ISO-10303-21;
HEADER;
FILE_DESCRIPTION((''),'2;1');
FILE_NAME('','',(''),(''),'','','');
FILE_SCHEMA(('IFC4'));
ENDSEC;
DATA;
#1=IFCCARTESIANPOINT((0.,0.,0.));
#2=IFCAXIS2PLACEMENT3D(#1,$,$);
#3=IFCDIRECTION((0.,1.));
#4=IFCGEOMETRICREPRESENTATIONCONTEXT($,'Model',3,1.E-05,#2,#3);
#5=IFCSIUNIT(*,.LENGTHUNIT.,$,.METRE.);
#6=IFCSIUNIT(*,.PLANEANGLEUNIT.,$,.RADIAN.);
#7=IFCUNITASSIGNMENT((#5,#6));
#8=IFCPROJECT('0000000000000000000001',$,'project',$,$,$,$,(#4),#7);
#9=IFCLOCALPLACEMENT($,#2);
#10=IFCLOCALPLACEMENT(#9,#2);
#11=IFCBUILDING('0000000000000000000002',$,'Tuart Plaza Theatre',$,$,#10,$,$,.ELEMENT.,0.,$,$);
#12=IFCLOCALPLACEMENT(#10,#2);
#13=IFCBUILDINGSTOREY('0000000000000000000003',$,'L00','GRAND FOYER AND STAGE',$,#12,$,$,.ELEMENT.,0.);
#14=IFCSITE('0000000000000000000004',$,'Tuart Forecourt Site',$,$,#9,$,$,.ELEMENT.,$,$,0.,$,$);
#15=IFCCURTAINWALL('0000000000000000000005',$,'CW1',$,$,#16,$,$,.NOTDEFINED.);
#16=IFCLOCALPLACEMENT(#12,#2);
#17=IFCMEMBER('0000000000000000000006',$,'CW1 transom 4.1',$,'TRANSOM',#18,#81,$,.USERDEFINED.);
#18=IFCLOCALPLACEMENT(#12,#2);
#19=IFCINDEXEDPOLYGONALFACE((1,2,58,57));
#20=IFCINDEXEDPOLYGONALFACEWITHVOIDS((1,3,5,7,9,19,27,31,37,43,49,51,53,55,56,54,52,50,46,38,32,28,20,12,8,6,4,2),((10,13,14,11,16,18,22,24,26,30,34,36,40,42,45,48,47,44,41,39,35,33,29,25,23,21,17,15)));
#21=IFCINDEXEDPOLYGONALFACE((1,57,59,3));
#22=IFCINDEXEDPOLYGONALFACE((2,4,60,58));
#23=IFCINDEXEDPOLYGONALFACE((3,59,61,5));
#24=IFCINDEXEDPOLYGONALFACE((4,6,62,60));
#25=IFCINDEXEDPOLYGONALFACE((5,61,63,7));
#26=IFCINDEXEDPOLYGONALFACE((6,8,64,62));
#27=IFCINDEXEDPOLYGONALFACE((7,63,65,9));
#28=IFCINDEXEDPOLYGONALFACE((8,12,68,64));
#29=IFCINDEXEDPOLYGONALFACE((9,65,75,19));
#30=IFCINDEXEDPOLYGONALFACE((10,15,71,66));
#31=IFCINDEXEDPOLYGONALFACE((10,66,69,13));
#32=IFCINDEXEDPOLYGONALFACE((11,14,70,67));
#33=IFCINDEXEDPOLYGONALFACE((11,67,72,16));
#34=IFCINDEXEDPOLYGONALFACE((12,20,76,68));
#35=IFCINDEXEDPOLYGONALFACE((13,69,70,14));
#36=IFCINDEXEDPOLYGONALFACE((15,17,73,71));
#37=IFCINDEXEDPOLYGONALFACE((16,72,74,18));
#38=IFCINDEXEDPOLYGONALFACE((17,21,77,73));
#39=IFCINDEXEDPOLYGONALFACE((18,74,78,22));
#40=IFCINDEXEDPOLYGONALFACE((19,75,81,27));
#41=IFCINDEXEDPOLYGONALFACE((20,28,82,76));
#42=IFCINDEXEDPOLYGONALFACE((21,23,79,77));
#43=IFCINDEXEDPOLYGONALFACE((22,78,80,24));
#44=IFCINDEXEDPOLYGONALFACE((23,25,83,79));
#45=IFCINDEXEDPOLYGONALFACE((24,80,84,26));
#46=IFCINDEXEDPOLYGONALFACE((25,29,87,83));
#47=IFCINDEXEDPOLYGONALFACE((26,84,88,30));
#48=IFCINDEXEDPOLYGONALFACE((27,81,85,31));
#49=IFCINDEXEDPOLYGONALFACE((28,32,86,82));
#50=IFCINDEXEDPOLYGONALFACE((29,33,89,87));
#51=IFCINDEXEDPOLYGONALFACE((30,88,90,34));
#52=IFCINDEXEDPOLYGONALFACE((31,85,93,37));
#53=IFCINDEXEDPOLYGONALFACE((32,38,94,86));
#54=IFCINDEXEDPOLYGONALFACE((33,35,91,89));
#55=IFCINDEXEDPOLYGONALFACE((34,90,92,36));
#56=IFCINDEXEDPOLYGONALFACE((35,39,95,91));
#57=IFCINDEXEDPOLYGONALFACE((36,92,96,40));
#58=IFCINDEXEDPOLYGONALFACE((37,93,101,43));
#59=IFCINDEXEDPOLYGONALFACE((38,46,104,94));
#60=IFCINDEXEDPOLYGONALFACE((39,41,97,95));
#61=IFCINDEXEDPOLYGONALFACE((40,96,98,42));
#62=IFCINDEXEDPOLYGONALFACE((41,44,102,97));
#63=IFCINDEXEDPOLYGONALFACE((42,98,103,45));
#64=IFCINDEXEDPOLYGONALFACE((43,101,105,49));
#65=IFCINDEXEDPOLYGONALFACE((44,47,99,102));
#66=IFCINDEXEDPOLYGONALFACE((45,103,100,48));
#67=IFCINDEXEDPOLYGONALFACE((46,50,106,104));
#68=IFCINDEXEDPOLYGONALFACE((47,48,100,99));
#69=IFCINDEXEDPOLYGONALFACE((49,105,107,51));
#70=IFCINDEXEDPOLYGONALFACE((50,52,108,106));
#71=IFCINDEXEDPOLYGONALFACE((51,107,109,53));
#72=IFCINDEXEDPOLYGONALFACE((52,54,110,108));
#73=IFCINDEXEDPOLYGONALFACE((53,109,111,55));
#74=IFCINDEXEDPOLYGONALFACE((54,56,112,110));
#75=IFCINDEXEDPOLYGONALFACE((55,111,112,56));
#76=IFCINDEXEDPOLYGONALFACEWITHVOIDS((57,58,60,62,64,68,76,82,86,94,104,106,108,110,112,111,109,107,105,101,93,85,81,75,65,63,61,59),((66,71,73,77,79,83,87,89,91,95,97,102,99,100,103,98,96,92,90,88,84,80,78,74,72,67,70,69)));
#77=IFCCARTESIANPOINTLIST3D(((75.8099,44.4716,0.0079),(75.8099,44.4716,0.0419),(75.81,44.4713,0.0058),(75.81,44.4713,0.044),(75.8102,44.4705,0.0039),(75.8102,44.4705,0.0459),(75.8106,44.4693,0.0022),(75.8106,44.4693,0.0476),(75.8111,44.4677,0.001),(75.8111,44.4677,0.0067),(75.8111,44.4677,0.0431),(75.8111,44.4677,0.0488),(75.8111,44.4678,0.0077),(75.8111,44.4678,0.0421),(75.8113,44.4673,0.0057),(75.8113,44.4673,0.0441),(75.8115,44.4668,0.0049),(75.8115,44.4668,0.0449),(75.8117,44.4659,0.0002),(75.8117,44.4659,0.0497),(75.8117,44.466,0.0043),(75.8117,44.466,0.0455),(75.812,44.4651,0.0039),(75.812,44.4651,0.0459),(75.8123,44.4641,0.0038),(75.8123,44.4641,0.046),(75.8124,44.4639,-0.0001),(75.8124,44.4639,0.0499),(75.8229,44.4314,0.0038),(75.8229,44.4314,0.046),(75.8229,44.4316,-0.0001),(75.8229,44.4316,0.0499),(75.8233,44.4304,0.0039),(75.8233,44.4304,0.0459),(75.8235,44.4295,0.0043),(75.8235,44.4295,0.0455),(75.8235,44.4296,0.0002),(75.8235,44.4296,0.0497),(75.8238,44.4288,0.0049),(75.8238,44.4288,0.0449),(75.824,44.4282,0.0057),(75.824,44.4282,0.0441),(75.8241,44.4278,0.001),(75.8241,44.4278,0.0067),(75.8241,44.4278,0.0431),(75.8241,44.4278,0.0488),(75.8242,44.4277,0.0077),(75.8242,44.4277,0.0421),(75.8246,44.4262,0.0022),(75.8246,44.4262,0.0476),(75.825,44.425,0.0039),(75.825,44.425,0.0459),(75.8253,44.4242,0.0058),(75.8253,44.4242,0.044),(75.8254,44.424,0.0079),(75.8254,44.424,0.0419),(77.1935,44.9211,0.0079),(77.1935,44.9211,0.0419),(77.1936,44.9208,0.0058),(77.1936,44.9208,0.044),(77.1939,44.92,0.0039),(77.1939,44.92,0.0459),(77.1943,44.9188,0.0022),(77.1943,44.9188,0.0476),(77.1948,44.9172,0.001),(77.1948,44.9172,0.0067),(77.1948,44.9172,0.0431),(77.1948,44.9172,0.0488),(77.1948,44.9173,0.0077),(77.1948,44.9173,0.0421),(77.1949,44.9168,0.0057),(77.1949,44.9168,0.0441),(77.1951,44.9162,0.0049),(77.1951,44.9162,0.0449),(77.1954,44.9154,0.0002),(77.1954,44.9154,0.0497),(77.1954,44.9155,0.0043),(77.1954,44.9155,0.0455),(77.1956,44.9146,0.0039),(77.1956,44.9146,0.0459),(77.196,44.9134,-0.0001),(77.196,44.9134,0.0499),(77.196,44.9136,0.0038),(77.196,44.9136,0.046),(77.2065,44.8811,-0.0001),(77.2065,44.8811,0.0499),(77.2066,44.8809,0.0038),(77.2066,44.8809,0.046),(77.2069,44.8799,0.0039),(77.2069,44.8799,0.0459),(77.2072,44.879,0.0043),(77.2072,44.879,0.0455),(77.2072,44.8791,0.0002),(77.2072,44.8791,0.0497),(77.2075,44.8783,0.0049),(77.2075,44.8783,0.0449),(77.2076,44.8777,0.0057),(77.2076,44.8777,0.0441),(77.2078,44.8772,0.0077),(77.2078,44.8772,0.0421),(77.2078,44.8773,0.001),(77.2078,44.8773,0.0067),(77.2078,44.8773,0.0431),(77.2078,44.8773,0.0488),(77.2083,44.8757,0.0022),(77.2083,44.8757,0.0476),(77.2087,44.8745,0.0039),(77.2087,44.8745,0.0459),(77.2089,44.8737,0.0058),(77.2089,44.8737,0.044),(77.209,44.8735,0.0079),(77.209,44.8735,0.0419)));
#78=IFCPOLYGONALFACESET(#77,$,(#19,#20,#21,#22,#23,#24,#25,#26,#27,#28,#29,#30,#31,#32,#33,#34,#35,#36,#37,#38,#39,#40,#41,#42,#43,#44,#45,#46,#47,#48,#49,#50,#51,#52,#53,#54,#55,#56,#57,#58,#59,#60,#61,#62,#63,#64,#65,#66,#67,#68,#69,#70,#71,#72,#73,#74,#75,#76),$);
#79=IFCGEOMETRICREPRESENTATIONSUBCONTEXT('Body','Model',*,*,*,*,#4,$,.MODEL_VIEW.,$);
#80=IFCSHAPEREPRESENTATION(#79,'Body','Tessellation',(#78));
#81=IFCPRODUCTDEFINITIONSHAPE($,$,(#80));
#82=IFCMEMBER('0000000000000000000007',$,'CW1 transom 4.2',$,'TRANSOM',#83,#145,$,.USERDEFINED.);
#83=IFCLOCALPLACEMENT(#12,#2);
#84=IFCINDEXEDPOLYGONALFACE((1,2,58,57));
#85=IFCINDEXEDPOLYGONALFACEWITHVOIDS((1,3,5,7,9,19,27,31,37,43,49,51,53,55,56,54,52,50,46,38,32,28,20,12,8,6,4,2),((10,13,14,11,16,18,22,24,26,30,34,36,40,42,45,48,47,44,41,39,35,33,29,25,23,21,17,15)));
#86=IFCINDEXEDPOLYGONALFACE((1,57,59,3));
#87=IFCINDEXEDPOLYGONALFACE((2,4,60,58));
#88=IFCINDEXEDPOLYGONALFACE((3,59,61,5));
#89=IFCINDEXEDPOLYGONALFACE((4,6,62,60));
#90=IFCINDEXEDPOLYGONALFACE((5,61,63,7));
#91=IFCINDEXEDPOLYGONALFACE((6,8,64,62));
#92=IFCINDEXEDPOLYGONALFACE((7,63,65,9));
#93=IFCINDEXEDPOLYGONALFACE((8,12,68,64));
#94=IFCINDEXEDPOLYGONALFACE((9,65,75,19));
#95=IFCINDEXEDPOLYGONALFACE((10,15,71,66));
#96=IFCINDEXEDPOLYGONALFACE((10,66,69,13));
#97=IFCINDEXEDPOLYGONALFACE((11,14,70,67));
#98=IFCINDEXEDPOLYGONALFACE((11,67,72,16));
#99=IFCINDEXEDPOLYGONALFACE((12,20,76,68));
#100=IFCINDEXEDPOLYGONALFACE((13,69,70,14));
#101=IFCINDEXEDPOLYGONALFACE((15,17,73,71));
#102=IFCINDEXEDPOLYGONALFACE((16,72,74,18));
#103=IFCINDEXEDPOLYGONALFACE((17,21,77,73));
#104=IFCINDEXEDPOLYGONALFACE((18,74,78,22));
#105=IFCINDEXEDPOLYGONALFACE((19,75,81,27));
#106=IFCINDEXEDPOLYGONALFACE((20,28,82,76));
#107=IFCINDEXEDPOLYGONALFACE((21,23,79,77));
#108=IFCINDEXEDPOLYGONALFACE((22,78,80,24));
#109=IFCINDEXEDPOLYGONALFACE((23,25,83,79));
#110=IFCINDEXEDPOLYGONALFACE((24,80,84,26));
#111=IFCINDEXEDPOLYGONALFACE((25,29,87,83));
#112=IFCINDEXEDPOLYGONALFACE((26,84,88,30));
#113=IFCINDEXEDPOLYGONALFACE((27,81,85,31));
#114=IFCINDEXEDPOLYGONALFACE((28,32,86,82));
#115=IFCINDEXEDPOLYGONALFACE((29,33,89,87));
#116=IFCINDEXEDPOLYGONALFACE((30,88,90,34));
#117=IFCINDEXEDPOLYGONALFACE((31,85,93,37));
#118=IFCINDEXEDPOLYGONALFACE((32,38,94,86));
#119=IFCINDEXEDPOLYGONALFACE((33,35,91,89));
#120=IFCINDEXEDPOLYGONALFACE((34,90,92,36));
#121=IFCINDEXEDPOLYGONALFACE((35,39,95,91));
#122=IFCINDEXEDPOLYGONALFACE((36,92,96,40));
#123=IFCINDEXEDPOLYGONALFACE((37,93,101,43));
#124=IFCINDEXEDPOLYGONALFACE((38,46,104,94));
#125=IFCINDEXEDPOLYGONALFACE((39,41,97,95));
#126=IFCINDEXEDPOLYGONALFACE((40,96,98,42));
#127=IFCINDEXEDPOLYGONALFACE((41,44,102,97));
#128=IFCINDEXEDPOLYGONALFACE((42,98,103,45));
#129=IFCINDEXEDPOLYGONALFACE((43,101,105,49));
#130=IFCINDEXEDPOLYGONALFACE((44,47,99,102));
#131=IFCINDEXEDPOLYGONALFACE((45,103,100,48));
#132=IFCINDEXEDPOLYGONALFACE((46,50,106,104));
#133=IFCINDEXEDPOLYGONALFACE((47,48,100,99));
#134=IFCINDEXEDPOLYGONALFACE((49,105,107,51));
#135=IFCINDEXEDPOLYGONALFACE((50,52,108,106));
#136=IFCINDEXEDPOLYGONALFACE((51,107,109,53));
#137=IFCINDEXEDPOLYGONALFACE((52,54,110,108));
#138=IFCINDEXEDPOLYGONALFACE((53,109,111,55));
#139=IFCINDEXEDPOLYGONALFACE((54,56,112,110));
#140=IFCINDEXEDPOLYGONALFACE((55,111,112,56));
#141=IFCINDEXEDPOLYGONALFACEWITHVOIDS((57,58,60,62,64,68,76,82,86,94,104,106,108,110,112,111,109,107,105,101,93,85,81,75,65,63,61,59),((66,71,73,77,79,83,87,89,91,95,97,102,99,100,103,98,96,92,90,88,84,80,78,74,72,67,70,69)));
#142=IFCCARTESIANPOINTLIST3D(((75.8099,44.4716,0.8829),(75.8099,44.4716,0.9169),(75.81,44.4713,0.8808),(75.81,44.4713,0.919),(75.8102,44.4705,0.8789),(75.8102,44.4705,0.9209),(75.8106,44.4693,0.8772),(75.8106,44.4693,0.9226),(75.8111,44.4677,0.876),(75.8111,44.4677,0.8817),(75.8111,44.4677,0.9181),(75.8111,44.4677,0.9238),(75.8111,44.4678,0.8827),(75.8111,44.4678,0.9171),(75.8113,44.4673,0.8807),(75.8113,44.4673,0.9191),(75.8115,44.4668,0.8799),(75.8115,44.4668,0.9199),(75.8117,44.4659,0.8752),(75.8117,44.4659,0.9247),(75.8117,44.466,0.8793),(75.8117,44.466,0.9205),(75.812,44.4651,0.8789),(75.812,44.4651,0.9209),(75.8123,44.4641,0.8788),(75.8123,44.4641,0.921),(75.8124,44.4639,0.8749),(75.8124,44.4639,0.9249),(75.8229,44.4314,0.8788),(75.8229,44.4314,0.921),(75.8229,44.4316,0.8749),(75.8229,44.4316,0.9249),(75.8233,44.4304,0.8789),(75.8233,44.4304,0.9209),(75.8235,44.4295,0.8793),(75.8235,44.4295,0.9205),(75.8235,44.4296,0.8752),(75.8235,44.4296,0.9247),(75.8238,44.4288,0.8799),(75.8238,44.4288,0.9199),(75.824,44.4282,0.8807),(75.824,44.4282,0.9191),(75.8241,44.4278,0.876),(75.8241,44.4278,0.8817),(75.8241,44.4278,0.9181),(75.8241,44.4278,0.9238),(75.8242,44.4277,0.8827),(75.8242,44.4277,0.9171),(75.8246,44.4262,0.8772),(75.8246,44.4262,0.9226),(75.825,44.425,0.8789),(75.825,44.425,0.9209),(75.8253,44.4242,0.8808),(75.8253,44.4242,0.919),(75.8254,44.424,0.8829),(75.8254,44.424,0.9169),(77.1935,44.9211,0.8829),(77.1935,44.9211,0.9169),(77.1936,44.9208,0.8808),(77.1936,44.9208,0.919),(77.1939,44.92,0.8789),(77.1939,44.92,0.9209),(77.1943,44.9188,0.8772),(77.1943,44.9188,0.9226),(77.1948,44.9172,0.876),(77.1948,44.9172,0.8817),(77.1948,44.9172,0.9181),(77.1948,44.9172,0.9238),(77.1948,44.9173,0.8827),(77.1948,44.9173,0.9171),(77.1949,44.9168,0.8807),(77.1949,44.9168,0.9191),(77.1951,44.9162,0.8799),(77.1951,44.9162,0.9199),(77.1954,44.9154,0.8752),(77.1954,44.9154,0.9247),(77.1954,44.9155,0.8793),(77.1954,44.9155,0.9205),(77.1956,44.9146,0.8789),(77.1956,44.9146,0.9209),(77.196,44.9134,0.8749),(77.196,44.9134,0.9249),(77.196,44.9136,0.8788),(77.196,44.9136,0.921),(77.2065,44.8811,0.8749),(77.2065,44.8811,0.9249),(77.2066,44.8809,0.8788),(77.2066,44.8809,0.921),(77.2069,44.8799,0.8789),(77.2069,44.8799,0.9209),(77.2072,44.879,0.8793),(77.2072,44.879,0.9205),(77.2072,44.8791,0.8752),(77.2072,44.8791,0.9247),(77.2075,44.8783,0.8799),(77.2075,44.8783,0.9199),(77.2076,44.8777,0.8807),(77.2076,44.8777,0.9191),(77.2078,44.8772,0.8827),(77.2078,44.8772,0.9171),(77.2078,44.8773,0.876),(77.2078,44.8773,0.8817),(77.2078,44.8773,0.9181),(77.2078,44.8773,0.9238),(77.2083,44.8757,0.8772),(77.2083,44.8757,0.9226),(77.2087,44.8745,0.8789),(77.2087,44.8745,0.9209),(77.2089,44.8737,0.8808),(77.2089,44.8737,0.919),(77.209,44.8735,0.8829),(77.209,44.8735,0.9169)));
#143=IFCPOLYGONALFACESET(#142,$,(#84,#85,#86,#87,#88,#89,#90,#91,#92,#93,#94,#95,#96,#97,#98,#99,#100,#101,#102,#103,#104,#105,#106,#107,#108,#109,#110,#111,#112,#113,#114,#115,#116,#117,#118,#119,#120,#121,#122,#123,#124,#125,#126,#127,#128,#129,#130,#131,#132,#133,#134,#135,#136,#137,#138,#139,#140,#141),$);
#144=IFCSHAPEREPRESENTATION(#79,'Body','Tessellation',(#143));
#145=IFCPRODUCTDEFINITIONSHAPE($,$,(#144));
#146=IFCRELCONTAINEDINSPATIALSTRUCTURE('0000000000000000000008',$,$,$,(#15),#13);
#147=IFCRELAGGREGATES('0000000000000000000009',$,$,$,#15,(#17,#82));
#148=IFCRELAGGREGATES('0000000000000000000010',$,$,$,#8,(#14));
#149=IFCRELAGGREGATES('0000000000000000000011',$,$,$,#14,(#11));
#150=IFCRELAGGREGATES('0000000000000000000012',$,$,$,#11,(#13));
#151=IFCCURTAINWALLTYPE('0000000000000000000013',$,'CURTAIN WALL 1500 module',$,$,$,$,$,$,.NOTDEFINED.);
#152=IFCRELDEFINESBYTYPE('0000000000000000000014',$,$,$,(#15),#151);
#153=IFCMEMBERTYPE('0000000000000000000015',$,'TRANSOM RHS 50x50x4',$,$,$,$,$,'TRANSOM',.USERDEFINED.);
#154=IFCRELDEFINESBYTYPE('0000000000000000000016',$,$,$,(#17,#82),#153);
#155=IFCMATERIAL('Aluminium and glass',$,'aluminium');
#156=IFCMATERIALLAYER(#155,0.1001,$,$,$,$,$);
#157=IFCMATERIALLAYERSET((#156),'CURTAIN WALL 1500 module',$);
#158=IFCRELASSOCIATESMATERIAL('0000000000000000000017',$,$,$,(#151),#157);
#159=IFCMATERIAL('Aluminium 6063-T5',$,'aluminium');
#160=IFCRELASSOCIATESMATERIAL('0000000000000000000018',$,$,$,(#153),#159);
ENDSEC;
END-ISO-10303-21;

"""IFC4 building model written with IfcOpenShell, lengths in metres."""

from ifc_helpers import new_model, si_unit, direction, frame, origin, origin_2d, place, context, subcontext, project, spatial, hollow_rectangle, extrude, material, layer, layer_set, material_profile, profile_set, type_object, element, aggregate, save


model = new_model("IFC4")

# Units and contexts
model_context = context("Model", 3, precision=1e-05, world=origin(), true_north=direction((0.0, 1.0)))
body_context = subcontext(model_context, "Body", "Model", "MODEL_VIEW")
ifc_project = project(units=[si_unit("LENGTHUNIT", "METRE"), si_unit("PLANEANGLEUNIT", "RADIAN")], contexts=[model_context])

# Site, building, storey
site_placement = place(None, origin())
site = spatial("IfcSite", under=ifc_project, at=site_placement, Name="Tuart Forecourt Site", CompositionType="ELEMENT", RefElevation=0.0)
building_placement = place(site_placement, origin())
building = spatial("IfcBuilding", under=site, at=building_placement, Name="Tuart Plaza Theatre", CompositionType="ELEMENT", ElevationOfRefHeight=0.0)
storey_placement = place(building_placement, origin())
storey = spatial("IfcBuildingStorey", under=building, at=storey_placement, Name="L00", Description="GRAND FOYER AND STAGE", CompositionType="ELEMENT", Elevation=0.0)

# Curtain wall, members
ifc_material_1 = material(Name="Aluminium and glass", Category="aluminium")
ifc_layer_1 = layer(ifc_material_1, 0.1001)
ifc_layer_set_1 = layer_set([ifc_layer_1], Name="CURTAIN WALL 1500 module")
curtain_wall_type = type_object("IfcCurtainWallType", Name="CURTAIN WALL 1500 module", PredefinedType="NOTDEFINED", material=ifc_layer_set_1)
curtain_wall_placement = place(storey_placement, origin())
curtain_wall = element("IfcCurtainWall", 1, at=curtain_wall_placement, inside=storey, type_object=curtain_wall_type, Name="CW1", PredefinedType="NOTDEFINED")
ifc_material_2 = material(Name="Aluminium 6063-T5", Category="aluminium")
ifc_material_profile_1 = material_profile(ifc_material_2, hollow_rectangle(XDim=0.05, YDim=0.05, WallThickness=0.0039, InnerFilletRadius=0.0039, OuterFilletRadius=0.0081, at=origin_2d()), Name="RHS 50x50x4")
ifc_profile_set_1 = profile_set([ifc_material_profile_1], Name="Aluminium 6063-T5")
member_type_1 = type_object("IfcMemberType", Name="TRANSOM RHS 50x50x4", ElementType="TRANSOM", PredefinedType="USERDEFINED", material=ifc_profile_set_1)
member_1_placement = place(storey_placement, frame((75.8176, 44.4478, 0.0249), z_axis=(0.951072, 0.308968, 0.0), x_axis=(-0.308968, 0.951072, 0.0)))
member_1 = element("IfcMember", 2, at=member_1_placement, type_object=member_type_1, Name="CW1 transom 4.1", ObjectType="TRANSOM", PredefinedType="USERDEFINED", context=body_context, shape_type="SweptSolid", body=[
    extrude(hollow_rectangle(XDim=0.05, YDim=0.05, WallThickness=0.0039, InnerFilletRadius=0.0039, OuterFilletRadius=0.0081, at=origin_2d()), origin(), (0.0, 0.0, 1.0), 1.4548),
])
member_2_placement = place(storey_placement, frame((75.8176, 44.4478, 0.8999), z_axis=(0.951072, 0.308968, 0.0), x_axis=(-0.308968, 0.951072, 0.0)))
member_2 = element("IfcMember", 3, at=member_2_placement, type_object=member_type_1, Name="CW1 transom 4.2", ObjectType="TRANSOM", PredefinedType="USERDEFINED", context=body_context, shape_type="SweptSolid", body=[
    extrude(hollow_rectangle(XDim=0.05, YDim=0.05, WallThickness=0.0039, InnerFilletRadius=0.0039, OuterFilletRadius=0.0081, at=origin_2d()), origin(), (0.0, 0.0, 1.0), 1.4548),
])
aggregate(curtain_wall, [member_1, member_2])

save(model, "model.ifc")
